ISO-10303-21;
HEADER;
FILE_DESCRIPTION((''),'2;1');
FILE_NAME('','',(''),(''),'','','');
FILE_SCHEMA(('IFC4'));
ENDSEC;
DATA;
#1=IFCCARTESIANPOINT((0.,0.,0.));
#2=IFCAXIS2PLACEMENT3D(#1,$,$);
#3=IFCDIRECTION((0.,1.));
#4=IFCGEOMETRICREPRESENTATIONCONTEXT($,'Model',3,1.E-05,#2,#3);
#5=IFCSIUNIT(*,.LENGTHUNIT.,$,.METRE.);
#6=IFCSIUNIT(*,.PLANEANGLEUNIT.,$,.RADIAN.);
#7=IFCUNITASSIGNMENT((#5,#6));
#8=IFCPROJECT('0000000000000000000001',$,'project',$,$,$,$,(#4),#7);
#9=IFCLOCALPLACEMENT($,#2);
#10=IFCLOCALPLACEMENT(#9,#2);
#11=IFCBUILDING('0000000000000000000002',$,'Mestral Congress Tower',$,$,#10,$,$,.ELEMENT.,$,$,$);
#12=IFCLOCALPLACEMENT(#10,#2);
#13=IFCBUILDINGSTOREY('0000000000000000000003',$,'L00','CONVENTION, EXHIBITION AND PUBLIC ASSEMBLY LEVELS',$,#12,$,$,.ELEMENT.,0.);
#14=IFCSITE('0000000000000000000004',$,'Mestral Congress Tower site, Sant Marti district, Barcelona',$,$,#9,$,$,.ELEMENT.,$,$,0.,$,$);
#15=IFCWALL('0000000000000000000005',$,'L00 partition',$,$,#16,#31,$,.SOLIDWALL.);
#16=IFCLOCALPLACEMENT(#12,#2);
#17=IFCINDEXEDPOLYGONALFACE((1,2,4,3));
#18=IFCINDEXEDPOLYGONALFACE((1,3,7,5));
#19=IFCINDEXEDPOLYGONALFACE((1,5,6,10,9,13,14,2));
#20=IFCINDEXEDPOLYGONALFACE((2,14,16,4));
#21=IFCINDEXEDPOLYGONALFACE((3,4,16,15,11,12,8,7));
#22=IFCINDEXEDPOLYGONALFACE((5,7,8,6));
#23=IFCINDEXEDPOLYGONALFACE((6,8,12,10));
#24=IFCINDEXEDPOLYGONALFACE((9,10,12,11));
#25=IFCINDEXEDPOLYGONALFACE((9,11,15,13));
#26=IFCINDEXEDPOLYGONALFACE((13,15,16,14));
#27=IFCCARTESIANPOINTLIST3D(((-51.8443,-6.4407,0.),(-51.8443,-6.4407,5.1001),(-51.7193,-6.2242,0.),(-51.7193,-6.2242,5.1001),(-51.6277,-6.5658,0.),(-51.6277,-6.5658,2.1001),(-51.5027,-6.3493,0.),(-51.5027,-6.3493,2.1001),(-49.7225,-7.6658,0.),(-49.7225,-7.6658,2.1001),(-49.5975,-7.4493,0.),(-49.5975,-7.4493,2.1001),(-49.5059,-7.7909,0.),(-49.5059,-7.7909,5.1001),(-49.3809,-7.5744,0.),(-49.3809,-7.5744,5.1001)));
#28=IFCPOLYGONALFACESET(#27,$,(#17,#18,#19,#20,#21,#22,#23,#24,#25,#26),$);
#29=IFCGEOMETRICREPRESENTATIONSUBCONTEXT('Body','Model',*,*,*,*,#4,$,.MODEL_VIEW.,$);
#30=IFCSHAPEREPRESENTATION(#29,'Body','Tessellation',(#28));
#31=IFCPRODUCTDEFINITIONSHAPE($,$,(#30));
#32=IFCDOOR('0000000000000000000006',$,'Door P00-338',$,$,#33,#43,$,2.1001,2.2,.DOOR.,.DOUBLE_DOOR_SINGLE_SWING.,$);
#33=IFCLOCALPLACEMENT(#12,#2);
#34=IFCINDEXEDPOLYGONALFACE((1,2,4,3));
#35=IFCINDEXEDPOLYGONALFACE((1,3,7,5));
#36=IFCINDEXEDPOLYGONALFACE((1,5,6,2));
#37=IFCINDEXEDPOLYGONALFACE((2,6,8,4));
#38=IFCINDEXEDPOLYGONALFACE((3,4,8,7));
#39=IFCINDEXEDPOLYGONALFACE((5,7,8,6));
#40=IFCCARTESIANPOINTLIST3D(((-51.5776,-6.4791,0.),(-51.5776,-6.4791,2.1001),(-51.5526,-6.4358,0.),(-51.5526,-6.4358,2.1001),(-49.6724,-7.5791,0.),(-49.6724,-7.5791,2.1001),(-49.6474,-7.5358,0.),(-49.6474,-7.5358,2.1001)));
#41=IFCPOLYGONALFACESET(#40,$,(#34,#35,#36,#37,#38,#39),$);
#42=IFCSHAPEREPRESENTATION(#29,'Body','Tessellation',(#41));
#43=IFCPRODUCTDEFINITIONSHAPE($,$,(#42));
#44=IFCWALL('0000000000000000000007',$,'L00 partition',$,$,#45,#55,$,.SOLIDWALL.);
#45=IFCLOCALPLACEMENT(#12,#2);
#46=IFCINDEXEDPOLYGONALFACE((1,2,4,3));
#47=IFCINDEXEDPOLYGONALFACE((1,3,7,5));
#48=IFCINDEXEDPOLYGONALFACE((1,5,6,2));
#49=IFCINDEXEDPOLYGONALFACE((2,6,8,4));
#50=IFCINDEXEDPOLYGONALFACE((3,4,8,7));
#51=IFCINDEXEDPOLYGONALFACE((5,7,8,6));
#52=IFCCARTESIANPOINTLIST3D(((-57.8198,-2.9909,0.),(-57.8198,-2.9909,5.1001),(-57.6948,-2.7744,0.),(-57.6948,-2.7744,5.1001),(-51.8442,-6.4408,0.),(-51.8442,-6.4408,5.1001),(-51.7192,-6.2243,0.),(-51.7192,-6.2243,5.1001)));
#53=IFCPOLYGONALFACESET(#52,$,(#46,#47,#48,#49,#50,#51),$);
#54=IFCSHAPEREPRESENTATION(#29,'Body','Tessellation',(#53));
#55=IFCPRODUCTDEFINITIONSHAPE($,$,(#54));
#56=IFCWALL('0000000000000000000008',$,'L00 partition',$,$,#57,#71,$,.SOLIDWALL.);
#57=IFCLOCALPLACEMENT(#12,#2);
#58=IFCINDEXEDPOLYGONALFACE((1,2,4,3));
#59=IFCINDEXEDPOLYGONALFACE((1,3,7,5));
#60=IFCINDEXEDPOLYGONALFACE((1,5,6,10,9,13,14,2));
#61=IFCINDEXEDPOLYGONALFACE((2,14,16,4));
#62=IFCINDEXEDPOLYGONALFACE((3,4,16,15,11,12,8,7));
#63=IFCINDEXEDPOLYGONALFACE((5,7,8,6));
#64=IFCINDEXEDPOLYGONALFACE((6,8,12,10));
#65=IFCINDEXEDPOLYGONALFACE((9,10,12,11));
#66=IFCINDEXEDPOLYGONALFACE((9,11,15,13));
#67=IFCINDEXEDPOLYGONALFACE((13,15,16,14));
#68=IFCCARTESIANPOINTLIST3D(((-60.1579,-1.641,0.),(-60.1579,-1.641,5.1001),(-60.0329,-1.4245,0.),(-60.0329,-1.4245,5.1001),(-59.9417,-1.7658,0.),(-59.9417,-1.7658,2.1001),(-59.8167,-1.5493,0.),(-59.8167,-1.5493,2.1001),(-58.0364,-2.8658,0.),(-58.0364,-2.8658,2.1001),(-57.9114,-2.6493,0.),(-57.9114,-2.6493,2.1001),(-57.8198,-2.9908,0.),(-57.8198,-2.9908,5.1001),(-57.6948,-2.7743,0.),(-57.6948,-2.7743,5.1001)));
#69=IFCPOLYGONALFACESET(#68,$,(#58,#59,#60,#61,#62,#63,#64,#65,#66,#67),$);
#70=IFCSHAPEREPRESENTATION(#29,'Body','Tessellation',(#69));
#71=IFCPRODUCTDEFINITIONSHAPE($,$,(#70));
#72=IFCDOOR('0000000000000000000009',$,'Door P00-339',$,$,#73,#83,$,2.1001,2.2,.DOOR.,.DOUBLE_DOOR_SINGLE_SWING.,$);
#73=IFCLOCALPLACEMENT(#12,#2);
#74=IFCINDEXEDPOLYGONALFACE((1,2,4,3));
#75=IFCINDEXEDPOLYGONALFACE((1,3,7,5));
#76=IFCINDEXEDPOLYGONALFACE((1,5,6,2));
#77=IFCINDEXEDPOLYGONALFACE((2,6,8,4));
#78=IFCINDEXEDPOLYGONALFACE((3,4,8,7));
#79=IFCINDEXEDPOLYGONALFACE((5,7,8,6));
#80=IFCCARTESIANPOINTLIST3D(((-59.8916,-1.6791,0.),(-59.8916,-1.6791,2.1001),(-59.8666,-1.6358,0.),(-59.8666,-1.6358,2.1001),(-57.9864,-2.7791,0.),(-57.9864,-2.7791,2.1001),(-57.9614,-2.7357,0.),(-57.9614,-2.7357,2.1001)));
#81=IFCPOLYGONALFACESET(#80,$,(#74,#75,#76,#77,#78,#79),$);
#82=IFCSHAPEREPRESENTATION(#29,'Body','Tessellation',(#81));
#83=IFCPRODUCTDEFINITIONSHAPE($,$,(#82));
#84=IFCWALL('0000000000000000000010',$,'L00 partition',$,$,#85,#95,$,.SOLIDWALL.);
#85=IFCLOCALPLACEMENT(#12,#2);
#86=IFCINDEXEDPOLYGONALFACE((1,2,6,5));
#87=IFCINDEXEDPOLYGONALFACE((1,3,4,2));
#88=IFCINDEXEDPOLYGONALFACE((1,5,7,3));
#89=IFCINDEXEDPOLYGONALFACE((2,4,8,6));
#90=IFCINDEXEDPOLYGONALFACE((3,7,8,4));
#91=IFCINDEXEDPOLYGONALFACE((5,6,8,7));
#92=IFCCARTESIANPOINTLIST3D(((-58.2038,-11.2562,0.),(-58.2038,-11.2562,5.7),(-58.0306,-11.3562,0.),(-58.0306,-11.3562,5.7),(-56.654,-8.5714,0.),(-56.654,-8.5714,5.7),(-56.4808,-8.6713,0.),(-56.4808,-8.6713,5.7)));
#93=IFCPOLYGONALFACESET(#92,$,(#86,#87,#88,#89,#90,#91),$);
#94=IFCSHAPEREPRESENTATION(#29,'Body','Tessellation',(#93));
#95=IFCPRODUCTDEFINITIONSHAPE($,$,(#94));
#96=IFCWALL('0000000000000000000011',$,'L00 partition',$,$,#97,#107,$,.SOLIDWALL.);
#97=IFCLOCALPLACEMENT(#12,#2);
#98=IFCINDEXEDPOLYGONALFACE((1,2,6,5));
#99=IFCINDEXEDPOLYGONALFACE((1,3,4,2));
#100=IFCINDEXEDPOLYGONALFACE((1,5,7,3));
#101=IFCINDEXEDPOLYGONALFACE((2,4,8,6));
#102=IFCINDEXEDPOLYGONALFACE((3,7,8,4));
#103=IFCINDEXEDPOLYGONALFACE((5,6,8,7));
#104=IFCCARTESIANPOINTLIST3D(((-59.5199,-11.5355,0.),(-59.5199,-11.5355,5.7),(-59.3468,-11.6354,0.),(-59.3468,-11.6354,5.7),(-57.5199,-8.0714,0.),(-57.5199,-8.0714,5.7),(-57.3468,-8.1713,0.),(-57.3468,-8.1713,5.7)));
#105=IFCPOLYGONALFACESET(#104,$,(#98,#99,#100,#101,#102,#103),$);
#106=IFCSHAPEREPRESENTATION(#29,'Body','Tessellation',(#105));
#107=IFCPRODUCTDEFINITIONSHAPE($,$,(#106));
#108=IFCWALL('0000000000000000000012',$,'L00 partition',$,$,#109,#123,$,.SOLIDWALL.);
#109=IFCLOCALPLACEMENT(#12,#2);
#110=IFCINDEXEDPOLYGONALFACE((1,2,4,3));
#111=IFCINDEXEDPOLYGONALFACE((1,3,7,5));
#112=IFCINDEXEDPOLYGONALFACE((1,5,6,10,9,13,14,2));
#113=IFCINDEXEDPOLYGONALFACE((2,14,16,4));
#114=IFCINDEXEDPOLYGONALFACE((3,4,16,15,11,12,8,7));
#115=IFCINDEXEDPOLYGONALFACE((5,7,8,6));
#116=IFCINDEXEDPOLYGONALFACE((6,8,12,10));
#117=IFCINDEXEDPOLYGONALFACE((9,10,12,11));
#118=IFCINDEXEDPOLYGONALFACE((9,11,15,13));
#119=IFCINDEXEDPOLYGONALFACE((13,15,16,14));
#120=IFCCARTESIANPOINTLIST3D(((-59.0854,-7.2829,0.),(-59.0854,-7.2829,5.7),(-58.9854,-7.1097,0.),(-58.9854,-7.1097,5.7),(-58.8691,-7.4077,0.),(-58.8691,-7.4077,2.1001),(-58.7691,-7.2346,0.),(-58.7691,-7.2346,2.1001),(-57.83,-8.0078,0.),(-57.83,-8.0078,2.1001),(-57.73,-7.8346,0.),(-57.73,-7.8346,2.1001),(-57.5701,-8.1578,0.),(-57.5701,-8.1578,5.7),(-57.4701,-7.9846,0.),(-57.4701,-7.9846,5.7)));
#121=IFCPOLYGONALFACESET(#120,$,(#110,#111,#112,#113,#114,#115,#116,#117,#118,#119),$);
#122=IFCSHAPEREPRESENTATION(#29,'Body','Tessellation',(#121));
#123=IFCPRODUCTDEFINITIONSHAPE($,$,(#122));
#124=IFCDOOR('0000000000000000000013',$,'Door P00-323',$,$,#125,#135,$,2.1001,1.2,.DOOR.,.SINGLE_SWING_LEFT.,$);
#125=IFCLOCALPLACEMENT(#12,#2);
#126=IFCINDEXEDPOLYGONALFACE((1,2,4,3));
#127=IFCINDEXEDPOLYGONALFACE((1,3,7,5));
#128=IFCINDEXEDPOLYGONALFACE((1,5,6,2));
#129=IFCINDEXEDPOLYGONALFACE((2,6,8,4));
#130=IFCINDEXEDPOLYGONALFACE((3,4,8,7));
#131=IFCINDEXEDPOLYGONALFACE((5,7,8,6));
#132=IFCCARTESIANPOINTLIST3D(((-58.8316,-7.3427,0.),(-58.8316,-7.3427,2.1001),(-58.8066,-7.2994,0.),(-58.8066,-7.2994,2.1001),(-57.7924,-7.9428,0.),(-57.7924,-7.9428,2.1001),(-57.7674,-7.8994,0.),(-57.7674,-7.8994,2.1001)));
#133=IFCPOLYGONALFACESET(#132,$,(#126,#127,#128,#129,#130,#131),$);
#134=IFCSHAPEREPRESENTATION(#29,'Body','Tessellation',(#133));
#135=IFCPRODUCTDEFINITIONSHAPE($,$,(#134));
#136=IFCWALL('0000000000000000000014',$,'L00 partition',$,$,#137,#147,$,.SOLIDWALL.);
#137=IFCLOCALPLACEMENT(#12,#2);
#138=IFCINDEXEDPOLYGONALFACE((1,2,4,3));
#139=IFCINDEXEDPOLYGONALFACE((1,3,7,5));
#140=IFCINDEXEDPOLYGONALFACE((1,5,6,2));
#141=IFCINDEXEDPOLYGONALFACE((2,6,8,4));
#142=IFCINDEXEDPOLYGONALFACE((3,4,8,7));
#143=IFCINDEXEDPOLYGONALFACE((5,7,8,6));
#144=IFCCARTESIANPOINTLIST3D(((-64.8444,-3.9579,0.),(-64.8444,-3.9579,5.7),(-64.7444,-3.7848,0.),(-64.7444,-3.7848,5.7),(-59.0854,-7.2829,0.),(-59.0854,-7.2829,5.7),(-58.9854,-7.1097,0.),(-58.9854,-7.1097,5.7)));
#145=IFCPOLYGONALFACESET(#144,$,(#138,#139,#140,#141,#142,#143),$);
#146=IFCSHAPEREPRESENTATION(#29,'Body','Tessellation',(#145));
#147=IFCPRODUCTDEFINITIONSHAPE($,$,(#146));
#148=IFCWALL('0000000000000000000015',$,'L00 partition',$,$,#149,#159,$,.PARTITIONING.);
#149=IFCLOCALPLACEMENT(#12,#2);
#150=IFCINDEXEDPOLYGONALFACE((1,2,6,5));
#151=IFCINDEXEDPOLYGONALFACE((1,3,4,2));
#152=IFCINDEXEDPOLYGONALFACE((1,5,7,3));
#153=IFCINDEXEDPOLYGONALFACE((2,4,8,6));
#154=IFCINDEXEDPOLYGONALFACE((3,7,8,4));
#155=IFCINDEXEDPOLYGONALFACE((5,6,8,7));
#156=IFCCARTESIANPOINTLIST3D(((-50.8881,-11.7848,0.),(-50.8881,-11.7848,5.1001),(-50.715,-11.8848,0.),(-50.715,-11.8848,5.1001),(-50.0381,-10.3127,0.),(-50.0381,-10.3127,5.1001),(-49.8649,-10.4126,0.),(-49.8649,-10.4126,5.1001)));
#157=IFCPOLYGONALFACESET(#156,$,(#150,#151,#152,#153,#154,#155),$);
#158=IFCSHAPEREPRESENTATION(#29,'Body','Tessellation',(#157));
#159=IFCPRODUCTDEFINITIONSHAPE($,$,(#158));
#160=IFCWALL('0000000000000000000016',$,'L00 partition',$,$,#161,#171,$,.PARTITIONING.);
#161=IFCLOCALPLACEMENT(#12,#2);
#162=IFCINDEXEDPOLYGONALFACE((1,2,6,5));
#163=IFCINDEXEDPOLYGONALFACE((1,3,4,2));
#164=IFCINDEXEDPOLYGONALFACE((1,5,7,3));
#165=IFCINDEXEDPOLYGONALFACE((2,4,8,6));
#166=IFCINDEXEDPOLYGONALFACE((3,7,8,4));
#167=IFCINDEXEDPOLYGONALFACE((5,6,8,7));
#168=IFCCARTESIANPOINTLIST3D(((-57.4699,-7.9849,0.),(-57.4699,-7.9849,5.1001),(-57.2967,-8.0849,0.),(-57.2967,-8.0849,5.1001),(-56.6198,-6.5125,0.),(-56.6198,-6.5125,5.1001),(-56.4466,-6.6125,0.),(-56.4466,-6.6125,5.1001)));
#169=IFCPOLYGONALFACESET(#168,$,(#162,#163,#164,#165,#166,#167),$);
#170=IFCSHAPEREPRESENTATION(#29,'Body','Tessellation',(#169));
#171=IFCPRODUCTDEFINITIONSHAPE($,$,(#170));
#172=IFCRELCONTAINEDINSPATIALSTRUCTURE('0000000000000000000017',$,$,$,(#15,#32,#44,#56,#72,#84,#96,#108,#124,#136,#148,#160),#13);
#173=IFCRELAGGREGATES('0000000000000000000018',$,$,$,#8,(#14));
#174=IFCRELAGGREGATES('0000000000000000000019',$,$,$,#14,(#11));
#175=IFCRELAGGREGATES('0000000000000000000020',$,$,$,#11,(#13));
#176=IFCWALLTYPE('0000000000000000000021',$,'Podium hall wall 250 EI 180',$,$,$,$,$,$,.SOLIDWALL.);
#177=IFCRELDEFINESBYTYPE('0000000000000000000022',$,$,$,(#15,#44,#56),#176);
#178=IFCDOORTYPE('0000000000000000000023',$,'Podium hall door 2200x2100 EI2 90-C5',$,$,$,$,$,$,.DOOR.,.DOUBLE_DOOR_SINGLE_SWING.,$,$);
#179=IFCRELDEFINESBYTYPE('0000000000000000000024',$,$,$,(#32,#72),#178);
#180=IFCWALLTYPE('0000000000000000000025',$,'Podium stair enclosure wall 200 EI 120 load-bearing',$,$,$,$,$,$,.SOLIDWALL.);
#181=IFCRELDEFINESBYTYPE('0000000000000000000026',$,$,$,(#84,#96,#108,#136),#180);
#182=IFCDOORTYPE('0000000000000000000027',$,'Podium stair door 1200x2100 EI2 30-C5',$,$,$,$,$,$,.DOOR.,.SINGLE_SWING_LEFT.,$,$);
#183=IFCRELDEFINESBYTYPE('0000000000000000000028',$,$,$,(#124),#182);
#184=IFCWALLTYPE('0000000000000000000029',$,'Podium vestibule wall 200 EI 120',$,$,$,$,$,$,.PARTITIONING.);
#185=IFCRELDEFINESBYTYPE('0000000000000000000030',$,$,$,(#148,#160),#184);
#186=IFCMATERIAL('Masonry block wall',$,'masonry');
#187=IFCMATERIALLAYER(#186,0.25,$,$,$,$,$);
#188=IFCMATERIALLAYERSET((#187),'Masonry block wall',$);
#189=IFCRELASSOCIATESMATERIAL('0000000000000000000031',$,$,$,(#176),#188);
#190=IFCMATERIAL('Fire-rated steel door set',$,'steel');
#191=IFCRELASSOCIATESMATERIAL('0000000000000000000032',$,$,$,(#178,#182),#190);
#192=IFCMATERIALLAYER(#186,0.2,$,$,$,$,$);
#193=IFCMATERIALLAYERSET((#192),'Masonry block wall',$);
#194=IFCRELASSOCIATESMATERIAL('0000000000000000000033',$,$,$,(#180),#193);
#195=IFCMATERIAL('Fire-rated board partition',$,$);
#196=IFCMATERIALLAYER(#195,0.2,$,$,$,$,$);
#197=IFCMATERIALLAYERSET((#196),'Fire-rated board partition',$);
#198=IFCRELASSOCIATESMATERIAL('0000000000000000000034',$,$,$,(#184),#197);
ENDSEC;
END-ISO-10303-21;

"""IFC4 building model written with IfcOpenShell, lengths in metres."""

from ifc_helpers import new_model, si_unit, direction, frame, frame_2d, origin, place, context, subcontext, project, spatial, rectangle, extrude, material, layer, layer_set, type_object, element, fill, save


model = new_model("IFC4")

# Units and contexts
model_context = context("Model", 3, precision=1e-05, world=origin(), true_north=direction((0.0, 1.0)))
body_context = subcontext(model_context, "Body", "Model", "MODEL_VIEW")
ifc_project = project(units=[si_unit("LENGTHUNIT", "METRE"), si_unit("PLANEANGLEUNIT", "RADIAN")], contexts=[model_context])

# Site, building, storey
site_placement = place(None, origin())
site = spatial("IfcSite", under=ifc_project, at=site_placement, Name="Mestral Congress Tower site, Sant Marti district, Barcelona", CompositionType="ELEMENT", RefElevation=0.0)
building_placement = place(site_placement, origin())
building = spatial("IfcBuilding", under=site, at=building_placement, Name="Mestral Congress Tower", CompositionType="ELEMENT")
storey_placement = place(building_placement, origin())
storey = spatial("IfcBuildingStorey", under=building, at=storey_placement, Name="L00", Description="CONVENTION, EXHIBITION AND PUBLIC ASSEMBLY LEVELS", CompositionType="ELEMENT", Elevation=0.0)

# Wall, opening, door
ifc_material_1 = material(Name="Masonry block wall", Category="masonry")
ifc_layer_1 = layer(ifc_material_1, 0.25)
ifc_layer_set_1 = layer_set([ifc_layer_1], Name="Masonry block wall")
wall_type_1 = type_object("IfcWallType", Name="Podium hall wall 250 EI 180", PredefinedType="SOLIDWALL", material=ifc_layer_set_1)
wall_1_placement = place(storey_placement, frame((-49.4434, -7.6826, 0.0), z_axis=(0.0, 0.0, 1.0), x_axis=(-0.86602, 0.500009, 0.0)))
wall_1 = element("IfcWall", 1, at=wall_1_placement, inside=storey, type_object=wall_type_1, Name="L00 partition", PredefinedType="SOLIDWALL", context=body_context, shape_type="SweptSolid", body=[
    extrude(rectangle(XDim=2.7002, YDim=0.25, at=frame_2d((1.3501, 0.0))), origin(), (0.0, 0.0, 1.0), 5.1001),
])
opening_1_placement = place(wall_1_placement, frame((0.25, 0.0, 0.0)))
opening_1 = element("IfcOpeningElement", 2, at=opening_1_placement, cuts=wall_1, PredefinedType="OPENING", context=body_context, shape_type="SweptSolid", body=[
    extrude(rectangle(XDim=2.2, YDim=2.1001, at=frame_2d((1.1001, 1.05))), frame((0.0, 0.135, 0.0), z_axis=(0.0, -1.0, 0.0), x_axis=(1.0, 0.0, 0.0)), (0.0, 0.0, 1.0), 0.27),
])
ifc_material_2 = material(Name="Fire-rated steel door set", Category="steel")
door_type_1 = type_object("IfcDoorType", Name="Podium hall door 2200x2100 EI2 90-C5", OperationType="DOUBLE_DOOR_SINGLE_SWING", PredefinedType="DOOR", material=ifc_material_2)
door_1_placement = place(opening_1_placement, origin())
door_1 = element("IfcDoor", 3, at=door_1_placement, inside=storey, type_object=door_type_1, Name="Door P00-338", OperationType="DOUBLE_DOOR_SINGLE_SWING", OverallHeight=2.1001, OverallWidth=2.2, PredefinedType="DOOR", context=body_context, shape_type="SweptSolid", body=[
    extrude(rectangle(XDim=2.2, YDim=2.1001, at=frame_2d((1.1001, 1.05))), frame((0.0, 0.0249, 0.0), z_axis=(0.0, -1.0, 0.0), x_axis=(1.0, 0.0, 0.0)), (0.0, 0.0, 1.0), 0.05),
])
fill(opening_1, door_1)

# Wall
wall_2_placement = place(storey_placement, frame((-51.7817, -6.3325, 0.0), z_axis=(0.0, 0.0, 1.0), x_axis=(-0.866029, 0.499994, 0.0)))
element("IfcWall", 4, at=wall_2_placement, inside=storey, type_object=wall_type_1, Name="L00 partition", PredefinedType="SOLIDWALL", context=body_context, shape_type="SweptSolid", body=[
    extrude(rectangle(XDim=6.8999, YDim=0.25, at=frame_2d((3.45, 0.0))), origin(), (0.0, 0.0, 1.0), 5.1001),
])

# Wall, opening, door
wall_3_placement = place(storey_placement, frame((-57.7573, -2.8826, 0.0), z_axis=(0.0, 0.0, 1.0), x_axis=(-0.866037, 0.499981, 0.0)))
wall_3 = element("IfcWall", 5, at=wall_3_placement, inside=storey, type_object=wall_type_1, Name="L00 partition", PredefinedType="SOLIDWALL", context=body_context, shape_type="SweptSolid", body=[
    extrude(rectangle(XDim=2.6997, YDim=0.25, at=frame_2d((1.3499, 0.0))), origin(), (0.0, 0.0, 1.0), 5.1001),
])
opening_2_placement = place(wall_3_placement, frame((0.25, 0.0, 0.0)))
opening_2 = element("IfcOpeningElement", 6, at=opening_2_placement, cuts=wall_3, PredefinedType="OPENING", context=body_context, shape_type="SweptSolid", body=[
    extrude(rectangle(XDim=2.2, YDim=2.1001, at=frame_2d((1.1001, 1.05))), frame((0.0, 0.135, 0.0), z_axis=(0.0, -1.0, 0.0), x_axis=(1.0, 0.0, 0.0)), (0.0, 0.0, 1.0), 0.27),
])
door_2_placement = place(opening_2_placement, origin())
door_2 = element("IfcDoor", 7, at=door_2_placement, inside=storey, type_object=door_type_1, Name="Door P00-339", OperationType="DOUBLE_DOOR_SINGLE_SWING", OverallHeight=2.1001, OverallWidth=2.2, PredefinedType="DOOR", context=body_context, shape_type="SweptSolid", body=[
    extrude(rectangle(XDim=2.2, YDim=2.1001, at=frame_2d((1.1001, 1.05))), frame((0.0, 0.0249, 0.0), z_axis=(0.0, -1.0, 0.0), x_axis=(1.0, 0.0, 0.0)), (0.0, 0.0, 1.0), 0.05),
])
fill(opening_2, door_2)

# Walls
ifc_layer_2 = layer(ifc_material_1, 0.2)
ifc_layer_set_2 = layer_set([ifc_layer_2], Name="Masonry block wall")
wall_type_2 = type_object("IfcWallType", Name="Podium stair enclosure wall 200 EI 120 load-bearing", PredefinedType="SOLIDWALL", material=ifc_layer_set_2)
wall_4_placement = place(storey_placement, frame((-56.5674, -8.6213, 0.0), z_axis=(0.0, 0.0, 1.0), x_axis=(-0.499934, -0.866064, 0.0)))
element("IfcWall", 8, at=wall_4_placement, inside=storey, type_object=wall_type_2, Name="L00 partition", PredefinedType="SOLIDWALL", context=body_context, shape_type="SweptSolid", body=[
    extrude(rectangle(XDim=3.1001, YDim=0.2, at=frame_2d((1.55, 0.0))), origin(), (0.0, 0.0, 1.0), 5.7),
])
wall_5_placement = place(storey_placement, frame((-57.4333, -8.1213, 0.0), z_axis=(0.0, 0.0, 1.0), x_axis=(-0.499999, -0.866026, 0.0)))
element("IfcWall", 9, at=wall_5_placement, inside=storey, type_object=wall_type_2, Name="L00 partition", PredefinedType="SOLIDWALL", context=body_context, shape_type="SweptSolid", body=[
    extrude(rectangle(XDim=4.0, YDim=0.2, at=frame_2d((2.0, 0.0))), origin(), (0.0, 0.0, 1.0), 5.7),
])

# Wall, opening, door
wall_6_placement = place(storey_placement, frame((-57.52, -8.0713, 0.0), z_axis=(0.0, 0.0, 1.0), x_axis=(-0.866002, 0.50004, 0.0)))
wall_6 = element("IfcWall", 10, at=wall_6_placement, inside=storey, type_object=wall_type_2, Name="L00 partition", PredefinedType="SOLIDWALL", context=body_context, shape_type="SweptSolid", body=[
    extrude(rectangle(XDim=1.7498, YDim=0.2, at=frame_2d((0.875, 0.0))), origin(), (0.0, 0.0, 1.0), 5.7),
])
opening_3_placement = place(wall_6_placement, frame((0.3, 0.0, 0.0)))
opening_3 = element("IfcOpeningElement", 11, at=opening_3_placement, cuts=wall_6, PredefinedType="OPENING", context=body_context, shape_type="SweptSolid", body=[
    extrude(rectangle(XDim=1.2, YDim=2.1001, at=frame_2d((0.6001, 1.05))), frame((0.0, 0.1099, 0.0), z_axis=(0.0, -1.0, 0.0), x_axis=(1.0, 0.0, 0.0)), (0.0, 0.0, 1.0), 0.22),
])
door_type_2 = type_object("IfcDoorType", Name="Podium stair door 1200x2100 EI2 30-C5", OperationType="SINGLE_SWING_LEFT", PredefinedType="DOOR", material=ifc_material_2)
door_3_placement = place(opening_3_placement, origin())
door_3 = element("IfcDoor", 12, at=door_3_placement, inside=storey, type_object=door_type_2, Name="Door P00-323", OperationType="SINGLE_SWING_LEFT", OverallHeight=2.1001, OverallWidth=1.2, PredefinedType="DOOR", context=body_context, shape_type="SweptSolid", body=[
    extrude(rectangle(XDim=1.2, YDim=2.1001, at=frame_2d((0.6001, 1.05))), frame((0.0, 0.0249, 0.0), z_axis=(0.0, -1.0, 0.0), x_axis=(1.0, 0.0, 0.0)), (0.0, 0.0, 1.0), 0.05),
])
fill(opening_3, door_3)

# Walls
wall_7_placement = place(storey_placement, frame((-59.0354, -7.1963, 0.0), z_axis=(0.0, 0.0, 1.0), x_axis=(-0.866027, 0.499997, 0.0)))
element("IfcWall", 13, at=wall_7_placement, inside=storey, type_object=wall_type_2, Name="L00 partition", PredefinedType="SOLIDWALL", context=body_context, shape_type="SweptSolid", body=[
    extrude(rectangle(XDim=6.6499, YDim=0.2, at=frame_2d((3.325, 0.0))), origin(), (0.0, 0.0, 1.0), 5.7),
])
ifc_material_3 = material(Name="Fire-rated board partition")
ifc_layer_3 = layer(ifc_material_3, 0.2)
ifc_layer_set_3 = layer_set([ifc_layer_3], Name="Fire-rated board partition")
wall_type_3 = type_object("IfcWallType", Name="Podium vestibule wall 200 EI 120", PredefinedType="PARTITIONING", material=ifc_layer_set_3)
wall_8_placement = place(storey_placement, frame((-49.9514, -10.3625, 0.0), z_axis=(0.0, 0.0, 1.0), x_axis=(-0.500062, -0.865989, 0.0)))
element("IfcWall", 14, at=wall_8_placement, inside=storey, type_object=wall_type_3, Name="L00 partition", PredefinedType="PARTITIONING", context=body_context, shape_type="SweptSolid", body=[
    extrude(rectangle(XDim=1.7, YDim=0.2, at=frame_2d((0.8501, 0.0))), origin(), (0.0, 0.0, 1.0), 5.1001),
])
for number, where, z_axis, x_axis, name in (
    (15, (-56.5332, -6.5625, 0.0), (0.0, 0.0, 1.0), (-0.5, -0.866025, 0.0), "L00 partition"),
):
    element("IfcWall", number, at=place(storey_placement, frame(where, z_axis=z_axis, x_axis=x_axis)), inside=storey, type_object=wall_type_3, Name=name, PredefinedType="PARTITIONING", context=body_context, shape_type="SweptSolid", body=[
        extrude(rectangle(XDim=1.7002, YDim=0.2, at=frame_2d((0.8501, 0.0))), origin(), (0.0, 0.0, 1.0), 5.1001),
    ])

save(model, "model.ifc")
